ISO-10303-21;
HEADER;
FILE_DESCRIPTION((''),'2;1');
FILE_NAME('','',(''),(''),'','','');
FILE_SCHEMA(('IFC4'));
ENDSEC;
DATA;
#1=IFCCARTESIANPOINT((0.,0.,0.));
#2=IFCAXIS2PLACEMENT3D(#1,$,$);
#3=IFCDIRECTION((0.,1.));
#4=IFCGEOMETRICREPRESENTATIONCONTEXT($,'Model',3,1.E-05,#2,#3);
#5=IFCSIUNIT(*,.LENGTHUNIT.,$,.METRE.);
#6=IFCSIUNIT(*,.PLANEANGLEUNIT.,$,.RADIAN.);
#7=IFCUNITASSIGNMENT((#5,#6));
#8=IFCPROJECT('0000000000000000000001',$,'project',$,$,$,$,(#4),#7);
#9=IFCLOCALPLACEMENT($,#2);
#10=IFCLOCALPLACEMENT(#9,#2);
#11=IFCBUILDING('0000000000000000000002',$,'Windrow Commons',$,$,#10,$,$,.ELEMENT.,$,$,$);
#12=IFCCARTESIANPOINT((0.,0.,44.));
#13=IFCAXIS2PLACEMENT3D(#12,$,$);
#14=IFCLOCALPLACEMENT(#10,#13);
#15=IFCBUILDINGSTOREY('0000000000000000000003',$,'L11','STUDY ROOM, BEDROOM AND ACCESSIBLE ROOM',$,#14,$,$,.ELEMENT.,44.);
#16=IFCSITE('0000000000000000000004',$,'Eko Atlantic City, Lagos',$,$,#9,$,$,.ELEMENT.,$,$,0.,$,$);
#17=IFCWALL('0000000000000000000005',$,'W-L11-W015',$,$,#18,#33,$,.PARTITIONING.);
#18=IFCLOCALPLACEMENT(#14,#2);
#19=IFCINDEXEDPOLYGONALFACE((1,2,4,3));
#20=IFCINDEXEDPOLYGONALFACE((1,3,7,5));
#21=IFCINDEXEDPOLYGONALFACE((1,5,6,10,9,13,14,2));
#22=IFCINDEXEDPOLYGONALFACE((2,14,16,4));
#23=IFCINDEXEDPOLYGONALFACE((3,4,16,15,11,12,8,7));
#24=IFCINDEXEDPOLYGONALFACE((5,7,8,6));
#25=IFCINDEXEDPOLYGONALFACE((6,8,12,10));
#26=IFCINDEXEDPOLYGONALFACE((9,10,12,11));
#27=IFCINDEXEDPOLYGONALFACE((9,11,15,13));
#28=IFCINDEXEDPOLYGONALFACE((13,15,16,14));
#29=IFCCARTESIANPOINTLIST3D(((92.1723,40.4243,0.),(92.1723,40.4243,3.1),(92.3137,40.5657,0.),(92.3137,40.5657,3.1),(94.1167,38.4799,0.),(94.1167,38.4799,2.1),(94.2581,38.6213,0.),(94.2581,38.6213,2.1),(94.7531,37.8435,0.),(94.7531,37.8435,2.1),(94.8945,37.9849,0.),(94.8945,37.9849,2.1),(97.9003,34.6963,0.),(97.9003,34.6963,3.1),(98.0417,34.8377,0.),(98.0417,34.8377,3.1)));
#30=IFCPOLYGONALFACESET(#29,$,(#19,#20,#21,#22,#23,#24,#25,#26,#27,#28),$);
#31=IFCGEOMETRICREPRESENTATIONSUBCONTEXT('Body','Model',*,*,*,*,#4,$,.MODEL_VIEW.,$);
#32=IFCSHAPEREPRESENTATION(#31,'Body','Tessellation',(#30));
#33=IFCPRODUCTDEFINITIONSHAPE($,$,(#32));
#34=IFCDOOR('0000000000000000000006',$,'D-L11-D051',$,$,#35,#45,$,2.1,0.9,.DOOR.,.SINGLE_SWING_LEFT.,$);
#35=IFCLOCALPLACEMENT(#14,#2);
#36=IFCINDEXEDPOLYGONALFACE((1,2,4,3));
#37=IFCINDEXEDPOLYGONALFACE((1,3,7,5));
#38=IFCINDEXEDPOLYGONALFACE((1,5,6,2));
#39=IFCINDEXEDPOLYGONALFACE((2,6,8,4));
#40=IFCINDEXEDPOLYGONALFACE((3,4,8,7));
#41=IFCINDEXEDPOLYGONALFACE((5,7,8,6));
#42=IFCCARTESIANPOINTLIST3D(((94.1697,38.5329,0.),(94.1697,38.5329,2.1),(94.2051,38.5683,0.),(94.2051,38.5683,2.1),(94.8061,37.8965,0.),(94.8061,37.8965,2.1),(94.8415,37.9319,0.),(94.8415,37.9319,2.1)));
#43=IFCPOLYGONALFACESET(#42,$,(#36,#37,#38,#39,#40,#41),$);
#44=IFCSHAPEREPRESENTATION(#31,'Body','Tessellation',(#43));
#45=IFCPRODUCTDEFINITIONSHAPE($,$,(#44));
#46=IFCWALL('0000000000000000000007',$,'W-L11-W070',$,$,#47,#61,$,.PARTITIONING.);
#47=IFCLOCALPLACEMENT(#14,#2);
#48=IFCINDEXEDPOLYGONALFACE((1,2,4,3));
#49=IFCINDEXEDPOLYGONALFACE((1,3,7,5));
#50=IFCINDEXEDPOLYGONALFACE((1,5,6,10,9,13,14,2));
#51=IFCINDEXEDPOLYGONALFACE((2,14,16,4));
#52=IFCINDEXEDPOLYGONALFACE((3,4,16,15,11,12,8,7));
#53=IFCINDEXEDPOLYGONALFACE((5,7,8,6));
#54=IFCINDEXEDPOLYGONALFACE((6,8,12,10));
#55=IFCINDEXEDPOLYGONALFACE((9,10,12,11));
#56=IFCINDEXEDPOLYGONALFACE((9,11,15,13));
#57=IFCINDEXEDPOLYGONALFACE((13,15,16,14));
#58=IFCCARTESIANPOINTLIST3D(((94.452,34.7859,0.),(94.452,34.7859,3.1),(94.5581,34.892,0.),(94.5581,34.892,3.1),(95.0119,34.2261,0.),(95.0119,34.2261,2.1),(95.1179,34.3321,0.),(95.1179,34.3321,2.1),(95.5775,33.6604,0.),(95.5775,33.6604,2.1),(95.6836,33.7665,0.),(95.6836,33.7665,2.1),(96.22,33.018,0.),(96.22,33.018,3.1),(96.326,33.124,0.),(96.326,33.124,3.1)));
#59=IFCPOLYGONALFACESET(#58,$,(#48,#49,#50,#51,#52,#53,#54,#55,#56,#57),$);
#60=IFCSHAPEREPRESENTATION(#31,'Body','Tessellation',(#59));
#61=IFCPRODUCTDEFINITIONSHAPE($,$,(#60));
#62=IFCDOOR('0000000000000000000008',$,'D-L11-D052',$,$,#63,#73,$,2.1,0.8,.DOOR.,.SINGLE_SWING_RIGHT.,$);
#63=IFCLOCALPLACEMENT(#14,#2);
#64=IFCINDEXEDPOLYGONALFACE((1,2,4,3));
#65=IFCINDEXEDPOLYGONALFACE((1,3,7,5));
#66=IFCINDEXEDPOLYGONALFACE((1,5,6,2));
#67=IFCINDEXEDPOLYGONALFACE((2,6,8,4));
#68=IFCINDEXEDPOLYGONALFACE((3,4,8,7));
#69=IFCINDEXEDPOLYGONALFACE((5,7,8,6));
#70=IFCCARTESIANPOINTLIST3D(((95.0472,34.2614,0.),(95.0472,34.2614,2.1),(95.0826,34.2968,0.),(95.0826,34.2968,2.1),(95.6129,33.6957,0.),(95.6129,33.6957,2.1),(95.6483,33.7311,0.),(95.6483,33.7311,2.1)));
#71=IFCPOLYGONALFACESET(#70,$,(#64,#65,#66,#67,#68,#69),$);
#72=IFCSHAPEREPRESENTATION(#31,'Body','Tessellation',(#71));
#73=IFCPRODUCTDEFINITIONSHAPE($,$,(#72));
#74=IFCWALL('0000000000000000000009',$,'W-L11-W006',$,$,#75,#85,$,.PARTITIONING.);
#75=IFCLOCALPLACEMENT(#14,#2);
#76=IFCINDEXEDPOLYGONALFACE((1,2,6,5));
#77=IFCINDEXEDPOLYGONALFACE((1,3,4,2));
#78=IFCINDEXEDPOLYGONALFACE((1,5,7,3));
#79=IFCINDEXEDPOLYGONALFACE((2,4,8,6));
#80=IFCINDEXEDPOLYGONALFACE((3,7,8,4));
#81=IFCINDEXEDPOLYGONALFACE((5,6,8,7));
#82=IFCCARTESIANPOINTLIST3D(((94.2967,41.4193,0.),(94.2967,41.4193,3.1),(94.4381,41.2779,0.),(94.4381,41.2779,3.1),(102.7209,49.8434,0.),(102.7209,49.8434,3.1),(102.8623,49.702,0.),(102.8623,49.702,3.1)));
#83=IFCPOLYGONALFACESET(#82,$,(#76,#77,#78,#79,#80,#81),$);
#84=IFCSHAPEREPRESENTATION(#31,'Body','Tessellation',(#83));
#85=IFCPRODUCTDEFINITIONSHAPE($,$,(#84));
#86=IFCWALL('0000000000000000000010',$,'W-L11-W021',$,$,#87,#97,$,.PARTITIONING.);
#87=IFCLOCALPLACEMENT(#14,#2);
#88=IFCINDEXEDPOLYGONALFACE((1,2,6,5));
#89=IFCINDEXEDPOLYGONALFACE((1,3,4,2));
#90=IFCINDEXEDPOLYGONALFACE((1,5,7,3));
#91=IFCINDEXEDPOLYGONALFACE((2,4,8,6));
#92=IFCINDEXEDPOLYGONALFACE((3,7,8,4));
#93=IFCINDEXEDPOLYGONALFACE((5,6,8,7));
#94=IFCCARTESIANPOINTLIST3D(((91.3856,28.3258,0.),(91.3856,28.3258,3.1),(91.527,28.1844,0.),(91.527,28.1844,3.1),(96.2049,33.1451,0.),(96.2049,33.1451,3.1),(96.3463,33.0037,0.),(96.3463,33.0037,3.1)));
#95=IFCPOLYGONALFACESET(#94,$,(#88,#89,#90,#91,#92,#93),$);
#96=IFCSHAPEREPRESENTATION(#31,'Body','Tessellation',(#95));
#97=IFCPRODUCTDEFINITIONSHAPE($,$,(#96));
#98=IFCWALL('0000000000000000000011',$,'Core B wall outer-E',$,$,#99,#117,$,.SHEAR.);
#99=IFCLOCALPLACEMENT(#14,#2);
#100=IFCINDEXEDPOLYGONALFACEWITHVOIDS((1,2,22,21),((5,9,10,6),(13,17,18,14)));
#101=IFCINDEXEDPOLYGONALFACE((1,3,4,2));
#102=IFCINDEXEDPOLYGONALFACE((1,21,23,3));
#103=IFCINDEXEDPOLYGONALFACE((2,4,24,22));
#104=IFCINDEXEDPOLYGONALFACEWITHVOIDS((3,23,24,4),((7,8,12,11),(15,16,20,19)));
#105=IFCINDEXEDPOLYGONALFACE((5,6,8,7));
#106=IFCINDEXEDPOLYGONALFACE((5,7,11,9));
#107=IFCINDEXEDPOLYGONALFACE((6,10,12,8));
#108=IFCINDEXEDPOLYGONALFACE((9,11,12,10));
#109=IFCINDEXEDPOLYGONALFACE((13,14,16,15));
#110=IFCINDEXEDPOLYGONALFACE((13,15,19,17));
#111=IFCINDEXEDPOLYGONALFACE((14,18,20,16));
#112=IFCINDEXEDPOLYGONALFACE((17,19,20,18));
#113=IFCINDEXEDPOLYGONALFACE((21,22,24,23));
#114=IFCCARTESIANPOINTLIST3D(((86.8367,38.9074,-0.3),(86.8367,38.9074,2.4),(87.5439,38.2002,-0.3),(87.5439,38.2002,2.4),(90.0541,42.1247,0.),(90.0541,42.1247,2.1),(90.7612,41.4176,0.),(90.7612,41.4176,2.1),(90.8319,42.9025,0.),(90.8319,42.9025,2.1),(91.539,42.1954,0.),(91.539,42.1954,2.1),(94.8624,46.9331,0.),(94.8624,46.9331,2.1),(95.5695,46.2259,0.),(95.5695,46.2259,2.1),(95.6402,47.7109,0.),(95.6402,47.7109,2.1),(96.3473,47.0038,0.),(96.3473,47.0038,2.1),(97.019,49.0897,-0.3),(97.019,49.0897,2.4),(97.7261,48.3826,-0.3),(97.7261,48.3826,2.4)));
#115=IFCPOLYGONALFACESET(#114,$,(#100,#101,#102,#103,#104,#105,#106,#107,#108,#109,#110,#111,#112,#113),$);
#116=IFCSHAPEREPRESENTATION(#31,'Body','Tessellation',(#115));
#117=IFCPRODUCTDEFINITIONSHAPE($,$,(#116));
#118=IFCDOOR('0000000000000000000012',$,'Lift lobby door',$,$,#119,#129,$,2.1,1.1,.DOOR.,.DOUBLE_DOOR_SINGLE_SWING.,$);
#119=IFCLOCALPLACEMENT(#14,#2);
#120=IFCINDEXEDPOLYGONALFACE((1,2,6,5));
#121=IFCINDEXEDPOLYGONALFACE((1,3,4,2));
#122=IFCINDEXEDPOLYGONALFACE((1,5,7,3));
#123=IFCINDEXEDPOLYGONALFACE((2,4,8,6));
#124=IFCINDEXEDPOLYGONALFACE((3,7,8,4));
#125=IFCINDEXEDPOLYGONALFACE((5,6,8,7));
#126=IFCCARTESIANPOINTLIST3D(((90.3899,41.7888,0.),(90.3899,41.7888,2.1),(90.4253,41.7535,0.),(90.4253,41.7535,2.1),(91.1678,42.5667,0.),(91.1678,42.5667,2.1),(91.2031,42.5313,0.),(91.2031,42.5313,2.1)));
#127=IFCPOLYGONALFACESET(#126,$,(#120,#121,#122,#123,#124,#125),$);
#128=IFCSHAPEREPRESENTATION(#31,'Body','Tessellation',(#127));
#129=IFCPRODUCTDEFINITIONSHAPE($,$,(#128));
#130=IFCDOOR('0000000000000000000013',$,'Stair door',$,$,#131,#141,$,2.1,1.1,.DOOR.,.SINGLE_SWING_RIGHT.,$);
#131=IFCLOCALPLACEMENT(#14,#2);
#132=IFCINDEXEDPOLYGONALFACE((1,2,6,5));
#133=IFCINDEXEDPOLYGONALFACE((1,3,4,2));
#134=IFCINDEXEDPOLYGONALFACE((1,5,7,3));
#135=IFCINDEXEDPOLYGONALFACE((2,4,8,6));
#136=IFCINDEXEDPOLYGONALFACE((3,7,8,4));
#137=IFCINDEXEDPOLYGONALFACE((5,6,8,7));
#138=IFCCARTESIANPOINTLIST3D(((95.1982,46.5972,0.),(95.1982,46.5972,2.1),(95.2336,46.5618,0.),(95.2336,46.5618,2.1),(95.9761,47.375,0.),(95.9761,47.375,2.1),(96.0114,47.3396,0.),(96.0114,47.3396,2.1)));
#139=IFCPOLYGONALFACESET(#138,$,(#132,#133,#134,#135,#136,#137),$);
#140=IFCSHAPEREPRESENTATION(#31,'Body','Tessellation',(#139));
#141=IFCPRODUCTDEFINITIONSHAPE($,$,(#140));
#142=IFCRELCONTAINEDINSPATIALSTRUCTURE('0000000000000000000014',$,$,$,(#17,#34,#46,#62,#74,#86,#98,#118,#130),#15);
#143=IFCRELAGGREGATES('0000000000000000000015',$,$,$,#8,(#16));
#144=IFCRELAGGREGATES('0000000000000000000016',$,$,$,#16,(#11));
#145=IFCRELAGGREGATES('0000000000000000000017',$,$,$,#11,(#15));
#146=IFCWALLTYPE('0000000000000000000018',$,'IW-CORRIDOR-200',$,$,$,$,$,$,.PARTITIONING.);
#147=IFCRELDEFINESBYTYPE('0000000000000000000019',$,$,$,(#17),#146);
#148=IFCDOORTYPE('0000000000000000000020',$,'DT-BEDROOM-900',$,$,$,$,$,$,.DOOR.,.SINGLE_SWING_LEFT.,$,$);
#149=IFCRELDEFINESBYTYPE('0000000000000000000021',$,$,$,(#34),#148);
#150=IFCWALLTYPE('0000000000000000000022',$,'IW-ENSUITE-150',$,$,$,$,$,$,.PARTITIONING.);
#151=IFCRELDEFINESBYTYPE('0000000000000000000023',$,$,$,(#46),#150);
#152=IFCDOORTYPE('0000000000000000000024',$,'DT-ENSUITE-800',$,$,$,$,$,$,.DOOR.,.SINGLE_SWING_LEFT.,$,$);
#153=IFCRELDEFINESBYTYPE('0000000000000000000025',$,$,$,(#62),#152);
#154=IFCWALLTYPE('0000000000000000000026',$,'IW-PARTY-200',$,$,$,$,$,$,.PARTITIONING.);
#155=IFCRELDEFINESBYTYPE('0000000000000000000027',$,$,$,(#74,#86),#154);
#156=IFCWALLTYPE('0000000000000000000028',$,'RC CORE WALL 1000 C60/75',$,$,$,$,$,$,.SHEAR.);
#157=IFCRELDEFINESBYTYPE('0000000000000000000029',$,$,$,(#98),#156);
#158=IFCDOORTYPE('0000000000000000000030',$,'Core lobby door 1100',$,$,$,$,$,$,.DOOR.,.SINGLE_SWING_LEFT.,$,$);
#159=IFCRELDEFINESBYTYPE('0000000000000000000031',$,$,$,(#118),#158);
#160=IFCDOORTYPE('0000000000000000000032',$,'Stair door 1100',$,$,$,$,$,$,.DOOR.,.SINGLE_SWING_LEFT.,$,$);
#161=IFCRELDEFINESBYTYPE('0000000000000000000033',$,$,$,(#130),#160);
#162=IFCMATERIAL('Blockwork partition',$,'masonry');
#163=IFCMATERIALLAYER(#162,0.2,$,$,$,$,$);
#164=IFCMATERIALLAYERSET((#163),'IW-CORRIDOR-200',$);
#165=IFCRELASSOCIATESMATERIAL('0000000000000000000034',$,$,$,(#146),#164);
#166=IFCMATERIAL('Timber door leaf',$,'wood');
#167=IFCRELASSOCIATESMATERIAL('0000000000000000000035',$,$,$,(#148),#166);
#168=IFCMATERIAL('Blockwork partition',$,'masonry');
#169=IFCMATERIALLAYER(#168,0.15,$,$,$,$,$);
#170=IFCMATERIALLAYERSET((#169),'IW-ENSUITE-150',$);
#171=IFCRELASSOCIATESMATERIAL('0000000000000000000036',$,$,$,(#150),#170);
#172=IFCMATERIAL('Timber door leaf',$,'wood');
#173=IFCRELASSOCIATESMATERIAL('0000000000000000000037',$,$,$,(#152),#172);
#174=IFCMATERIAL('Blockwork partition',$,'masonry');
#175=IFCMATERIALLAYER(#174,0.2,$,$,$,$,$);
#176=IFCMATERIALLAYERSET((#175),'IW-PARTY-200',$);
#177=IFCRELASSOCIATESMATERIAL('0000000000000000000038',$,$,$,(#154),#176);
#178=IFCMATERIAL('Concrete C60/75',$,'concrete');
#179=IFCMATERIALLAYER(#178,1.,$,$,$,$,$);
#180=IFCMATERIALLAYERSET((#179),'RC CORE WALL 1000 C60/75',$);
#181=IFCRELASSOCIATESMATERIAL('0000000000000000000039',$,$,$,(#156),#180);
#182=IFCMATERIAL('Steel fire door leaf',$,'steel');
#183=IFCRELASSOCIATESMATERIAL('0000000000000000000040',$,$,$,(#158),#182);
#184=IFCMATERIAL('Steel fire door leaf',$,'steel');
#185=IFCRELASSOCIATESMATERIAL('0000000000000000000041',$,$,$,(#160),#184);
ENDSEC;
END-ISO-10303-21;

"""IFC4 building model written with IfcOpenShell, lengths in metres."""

from ifc_helpers import new_model, si_unit, direction, frame, frame_2d, origin, place, context, subcontext, project, spatial, rectangle, extrude, material, layer, layer_set, type_object, element, fill, save


model = new_model("IFC4")

# Units and contexts
model_context = context("Model", 3, precision=1e-05, world=origin(), true_north=direction((0.0, 1.0)))
body_context = subcontext(model_context, "Body", "Model", "MODEL_VIEW")
ifc_project = project(units=[si_unit("LENGTHUNIT", "METRE"), si_unit("PLANEANGLEUNIT", "RADIAN")], contexts=[model_context])

# Site, building, storey
site_placement = place(None, origin())
site = spatial("IfcSite", under=ifc_project, at=site_placement, Name="Eko Atlantic City, Lagos", CompositionType="ELEMENT", RefElevation=0.0)
building_placement = place(site_placement, origin())
building = spatial("IfcBuilding", under=site, at=building_placement, Name="Windrow Commons", CompositionType="ELEMENT")
storey_placement = place(building_placement, frame((0.0, 0.0, 44.0)))
storey = spatial("IfcBuildingStorey", under=building, at=storey_placement, Name="L11", Description="STUDY ROOM, BEDROOM AND ACCESSIBLE ROOM", CompositionType="ELEMENT", Elevation=44.0)

# Walls, openings, doors
ifc_material_1 = material(Name="Blockwork partition", Category="masonry")
ifc_layer_1 = layer(ifc_material_1, 0.2)
ifc_layer_set_1 = layer_set([ifc_layer_1], Name="IW-CORRIDOR-200")
wall_type_1 = type_object("IfcWallType", Name="IW-CORRIDOR-200", PredefinedType="PARTITIONING", material=ifc_layer_set_1)
wall_1_placement = place(storey_placement, frame((92.243, 40.495, 0.0), z_axis=(0.0, 0.0, 1.0), x_axis=(0.707107, -0.707107, 0.0)))
wall_1 = element("IfcWall", 1, at=wall_1_placement, inside=storey, type_object=wall_type_1, Name="W-L11-W015", PredefinedType="PARTITIONING", context=body_context, shape_type="SweptSolid", body=[
    extrude(rectangle(XDim=8.1006, YDim=0.2, at=frame_2d((4.0503, 0.0))), origin(), (0.0, 0.0, 1.0), 3.1),
])
opening_1_placement = place(wall_1_placement, frame((2.7498, 0.0, 0.0)))
opening_1 = element("IfcOpeningElement", 2, at=opening_1_placement, cuts=wall_1, PredefinedType="OPENING", context=body_context, shape_type="SweptSolid", body=[
    extrude(rectangle(XDim=0.9, YDim=2.1, at=frame_2d((0.45, 1.05))), frame((0.0, 0.11, 0.0), z_axis=(0.0, -1.0, 0.0), x_axis=(1.0, 0.0, 0.0)), (0.0, 0.0, 1.0), 0.22),
])
ifc_material_2 = material(Name="Timber door leaf", Category="wood")
door_type_1 = type_object("IfcDoorType", Name="DT-BEDROOM-900", OperationType="SINGLE_SWING_LEFT", PredefinedType="DOOR", material=ifc_material_2)
door_1_placement = place(opening_1_placement, origin())
door_1 = element("IfcDoor", 3, at=door_1_placement, inside=storey, type_object=door_type_1, Name="D-L11-D051", OperationType="SINGLE_SWING_LEFT", OverallHeight=2.1, OverallWidth=0.9, PredefinedType="DOOR", context=body_context, shape_type="SweptSolid", body=[
    extrude(rectangle(XDim=0.9, YDim=2.1, at=frame_2d((0.45, 1.05))), frame((0.0, 0.025, 0.0), z_axis=(0.0, -1.0, 0.0), x_axis=(1.0, 0.0, 0.0)), (0.0, 0.0, 1.0), 0.05),
])
fill(opening_1, door_1)
ifc_material_3 = material(Name="Blockwork partition", Category="masonry")
ifc_layer_2 = layer(ifc_material_3, 0.15)
ifc_layer_set_2 = layer_set([ifc_layer_2], Name="IW-ENSUITE-150")
wall_type_2 = type_object("IfcWallType", Name="IW-ENSUITE-150", PredefinedType="PARTITIONING", material=ifc_layer_set_2)
wall_2_placement = place(storey_placement, frame((94.505, 34.839, 0.0), z_axis=(0.0, 0.0, 1.0), x_axis=(0.707107, -0.707107, 0.0)))
wall_2 = element("IfcWall", 4, at=wall_2_placement, inside=storey, type_object=wall_type_2, Name="W-L11-W070", PredefinedType="PARTITIONING", context=body_context, shape_type="SweptSolid", body=[
    extrude(rectangle(XDim=2.5003, YDim=0.15, at=frame_2d((1.2502, 0.0))), origin(), (0.0, 0.0, 1.0), 3.1),
])
opening_2_placement = place(wall_2_placement, frame((0.7918, 0.0, 0.0)))
opening_2 = element("IfcOpeningElement", 5, at=opening_2_placement, cuts=wall_2, PredefinedType="OPENING", context=body_context, shape_type="SweptSolid", body=[
    extrude(rectangle(XDim=0.8, YDim=2.1, at=frame_2d((0.4, 1.05))), frame((0.0, 0.085, 0.0), z_axis=(0.0, -1.0, 0.0), x_axis=(1.0, 0.0, 0.0)), (0.0, 0.0, 1.0), 0.17),
])
ifc_material_4 = material(Name="Timber door leaf", Category="wood")
door_type_2 = type_object("IfcDoorType", Name="DT-ENSUITE-800", OperationType="SINGLE_SWING_LEFT", PredefinedType="DOOR", material=ifc_material_4)
door_2_placement = place(opening_2_placement, origin())
door_2 = element("IfcDoor", 6, at=door_2_placement, inside=storey, type_object=door_type_2, Name="D-L11-D052", OperationType="SINGLE_SWING_RIGHT", OverallHeight=2.1, OverallWidth=0.8, PredefinedType="DOOR", context=body_context, shape_type="SweptSolid", body=[
    extrude(rectangle(XDim=0.8, YDim=2.1, at=frame_2d((0.4, 1.05))), frame((0.0, 0.025, 0.0), z_axis=(0.0, -1.0, 0.0), x_axis=(1.0, 0.0, 0.0)), (0.0, 0.0, 1.0), 0.05),
])
fill(opening_2, door_2)

# Walls
ifc_material_5 = material(Name="Blockwork partition", Category="masonry")
ifc_layer_3 = layer(ifc_material_5, 0.2)
ifc_layer_set_3 = layer_set([ifc_layer_3], Name="IW-PARTY-200")
wall_type_3 = type_object("IfcWallType", Name="IW-PARTY-200", PredefinedType="PARTITIONING", material=ifc_layer_set_3)
wall_3_placement = place(storey_placement, frame((94.3674, 41.3486, 0.0), z_axis=(0.0, 0.0, 1.0), x_axis=(0.707111, 0.707103, 0.0)))
element("IfcWall", 7, at=wall_3_placement, inside=storey, type_object=wall_type_3, Name="W-L11-W006", PredefinedType="PARTITIONING", context=body_context, shape_type="SweptSolid", body=[
    extrude(rectangle(XDim=11.9135, YDim=0.2, at=frame_2d((5.9568, 0.0))), origin(), (0.0, 0.0, 1.0), 3.1),
])
wall_4_placement = place(storey_placement, frame((91.4563, 28.2551, 0.0), z_axis=(0.0, 0.0, 1.0), x_axis=(0.707107, 0.707107, 0.0)))
element("IfcWall", 8, at=wall_4_placement, inside=storey, type_object=wall_type_3, Name="W-L11-W021", PredefinedType="PARTITIONING", context=body_context, shape_type="SweptSolid", body=[
    extrude(rectangle(XDim=6.8155, YDim=0.2, at=frame_2d((3.4078, 0.0))), origin(), (0.0, 0.0, 1.0), 3.1),
])

# Wall, openings, doors
ifc_material_6 = material(Name="Concrete C60/75", Category="concrete")
ifc_layer_4 = layer(ifc_material_6, 1.0)
ifc_layer_set_4 = layer_set([ifc_layer_4], Name="RC CORE WALL 1000 C60/75")
wall_type_4 = type_object("IfcWallType", Name="RC CORE WALL 1000 C60/75", PredefinedType="SHEAR", material=ifc_layer_set_4)
wall_5_placement = place(storey_placement, frame((87.1903, 38.5538, -0.3), z_axis=(0.0, 0.0, 1.0), x_axis=(0.707103, 0.70711, 0.0)))
wall_5 = element("IfcWall", 9, at=wall_5_placement, inside=storey, type_object=wall_type_4, Name="Core B wall outer-E", PredefinedType="SHEAR", context=body_context, shape_type="SweptSolid", body=[
    extrude(rectangle(XDim=14.4, YDim=1.0, at=frame_2d((7.2, 0.0))), origin(), (0.0, 0.0, 1.0), 2.7),
])
opening_3_placement = place(wall_5_placement, frame((4.55, 0.0, 0.3)))
opening_3 = element("IfcOpeningElement", 10, at=opening_3_placement, cuts=wall_5, PredefinedType="OPENING", context=body_context, shape_type="SweptSolid", body=[
    extrude(rectangle(XDim=1.1, YDim=2.1, at=frame_2d((0.55, 1.05))), frame((0.0, 0.51, 0.0), z_axis=(0.0, -1.0, 0.0), x_axis=(1.0, 0.0, 0.0)), (0.0, 0.0, 1.0), 1.02),
])
opening_4_placement = place(wall_5_placement, frame((11.35, 0.0, 0.3)))
opening_4 = element("IfcOpeningElement", 11, at=opening_4_placement, cuts=wall_5, PredefinedType="OPENING", context=body_context, shape_type="SweptSolid", body=[
    extrude(rectangle(XDim=1.1, YDim=2.1, at=frame_2d((0.55, 1.05))), frame((0.0, 0.51, 0.0), z_axis=(0.0, -1.0, 0.0), x_axis=(1.0, 0.0, 0.0)), (0.0, 0.0, 1.0), 1.02),
])
ifc_material_7 = material(Name="Steel fire door leaf", Category="steel")
door_type_3 = type_object("IfcDoorType", Name="Core lobby door 1100", OperationType="SINGLE_SWING_LEFT", PredefinedType="DOOR", material=ifc_material_7)
door_3_placement = place(opening_3_placement, origin())
door_3 = element("IfcDoor", 12, at=door_3_placement, inside=storey, type_object=door_type_3, Name="Lift lobby door", OperationType="DOUBLE_DOOR_SINGLE_SWING", OverallHeight=2.1, OverallWidth=1.1, PredefinedType="DOOR", context=body_context, shape_type="SweptSolid", body=[
    extrude(rectangle(XDim=1.1, YDim=2.1, at=frame_2d((0.55, 1.05))), frame((0.0, 0.025, 0.0), z_axis=(0.0, -1.0, 0.0), x_axis=(1.0, 0.0, 0.0)), (0.0, 0.0, 1.0), 0.05),
])
fill(opening_3, door_3)
ifc_material_8 = material(Name="Steel fire door leaf", Category="steel")
door_type_4 = type_object("IfcDoorType", Name="Stair door 1100", OperationType="SINGLE_SWING_LEFT", PredefinedType="DOOR", material=ifc_material_8)
door_4_placement = place(opening_4_placement, origin())
door_4 = element("IfcDoor", 13, at=door_4_placement, inside=storey, type_object=door_type_4, Name="Stair door", OperationType="SINGLE_SWING_RIGHT", OverallHeight=2.1, OverallWidth=1.1, PredefinedType="DOOR", context=body_context, shape_type="SweptSolid", body=[
    extrude(rectangle(XDim=1.1, YDim=2.1, at=frame_2d((0.55, 1.05))), frame((0.0, 0.025, 0.0), z_axis=(0.0, -1.0, 0.0), x_axis=(1.0, 0.0, 0.0)), (0.0, 0.0, 1.0), 0.05),
])
fill(opening_4, door_4)

save(model, "model.ifc")
